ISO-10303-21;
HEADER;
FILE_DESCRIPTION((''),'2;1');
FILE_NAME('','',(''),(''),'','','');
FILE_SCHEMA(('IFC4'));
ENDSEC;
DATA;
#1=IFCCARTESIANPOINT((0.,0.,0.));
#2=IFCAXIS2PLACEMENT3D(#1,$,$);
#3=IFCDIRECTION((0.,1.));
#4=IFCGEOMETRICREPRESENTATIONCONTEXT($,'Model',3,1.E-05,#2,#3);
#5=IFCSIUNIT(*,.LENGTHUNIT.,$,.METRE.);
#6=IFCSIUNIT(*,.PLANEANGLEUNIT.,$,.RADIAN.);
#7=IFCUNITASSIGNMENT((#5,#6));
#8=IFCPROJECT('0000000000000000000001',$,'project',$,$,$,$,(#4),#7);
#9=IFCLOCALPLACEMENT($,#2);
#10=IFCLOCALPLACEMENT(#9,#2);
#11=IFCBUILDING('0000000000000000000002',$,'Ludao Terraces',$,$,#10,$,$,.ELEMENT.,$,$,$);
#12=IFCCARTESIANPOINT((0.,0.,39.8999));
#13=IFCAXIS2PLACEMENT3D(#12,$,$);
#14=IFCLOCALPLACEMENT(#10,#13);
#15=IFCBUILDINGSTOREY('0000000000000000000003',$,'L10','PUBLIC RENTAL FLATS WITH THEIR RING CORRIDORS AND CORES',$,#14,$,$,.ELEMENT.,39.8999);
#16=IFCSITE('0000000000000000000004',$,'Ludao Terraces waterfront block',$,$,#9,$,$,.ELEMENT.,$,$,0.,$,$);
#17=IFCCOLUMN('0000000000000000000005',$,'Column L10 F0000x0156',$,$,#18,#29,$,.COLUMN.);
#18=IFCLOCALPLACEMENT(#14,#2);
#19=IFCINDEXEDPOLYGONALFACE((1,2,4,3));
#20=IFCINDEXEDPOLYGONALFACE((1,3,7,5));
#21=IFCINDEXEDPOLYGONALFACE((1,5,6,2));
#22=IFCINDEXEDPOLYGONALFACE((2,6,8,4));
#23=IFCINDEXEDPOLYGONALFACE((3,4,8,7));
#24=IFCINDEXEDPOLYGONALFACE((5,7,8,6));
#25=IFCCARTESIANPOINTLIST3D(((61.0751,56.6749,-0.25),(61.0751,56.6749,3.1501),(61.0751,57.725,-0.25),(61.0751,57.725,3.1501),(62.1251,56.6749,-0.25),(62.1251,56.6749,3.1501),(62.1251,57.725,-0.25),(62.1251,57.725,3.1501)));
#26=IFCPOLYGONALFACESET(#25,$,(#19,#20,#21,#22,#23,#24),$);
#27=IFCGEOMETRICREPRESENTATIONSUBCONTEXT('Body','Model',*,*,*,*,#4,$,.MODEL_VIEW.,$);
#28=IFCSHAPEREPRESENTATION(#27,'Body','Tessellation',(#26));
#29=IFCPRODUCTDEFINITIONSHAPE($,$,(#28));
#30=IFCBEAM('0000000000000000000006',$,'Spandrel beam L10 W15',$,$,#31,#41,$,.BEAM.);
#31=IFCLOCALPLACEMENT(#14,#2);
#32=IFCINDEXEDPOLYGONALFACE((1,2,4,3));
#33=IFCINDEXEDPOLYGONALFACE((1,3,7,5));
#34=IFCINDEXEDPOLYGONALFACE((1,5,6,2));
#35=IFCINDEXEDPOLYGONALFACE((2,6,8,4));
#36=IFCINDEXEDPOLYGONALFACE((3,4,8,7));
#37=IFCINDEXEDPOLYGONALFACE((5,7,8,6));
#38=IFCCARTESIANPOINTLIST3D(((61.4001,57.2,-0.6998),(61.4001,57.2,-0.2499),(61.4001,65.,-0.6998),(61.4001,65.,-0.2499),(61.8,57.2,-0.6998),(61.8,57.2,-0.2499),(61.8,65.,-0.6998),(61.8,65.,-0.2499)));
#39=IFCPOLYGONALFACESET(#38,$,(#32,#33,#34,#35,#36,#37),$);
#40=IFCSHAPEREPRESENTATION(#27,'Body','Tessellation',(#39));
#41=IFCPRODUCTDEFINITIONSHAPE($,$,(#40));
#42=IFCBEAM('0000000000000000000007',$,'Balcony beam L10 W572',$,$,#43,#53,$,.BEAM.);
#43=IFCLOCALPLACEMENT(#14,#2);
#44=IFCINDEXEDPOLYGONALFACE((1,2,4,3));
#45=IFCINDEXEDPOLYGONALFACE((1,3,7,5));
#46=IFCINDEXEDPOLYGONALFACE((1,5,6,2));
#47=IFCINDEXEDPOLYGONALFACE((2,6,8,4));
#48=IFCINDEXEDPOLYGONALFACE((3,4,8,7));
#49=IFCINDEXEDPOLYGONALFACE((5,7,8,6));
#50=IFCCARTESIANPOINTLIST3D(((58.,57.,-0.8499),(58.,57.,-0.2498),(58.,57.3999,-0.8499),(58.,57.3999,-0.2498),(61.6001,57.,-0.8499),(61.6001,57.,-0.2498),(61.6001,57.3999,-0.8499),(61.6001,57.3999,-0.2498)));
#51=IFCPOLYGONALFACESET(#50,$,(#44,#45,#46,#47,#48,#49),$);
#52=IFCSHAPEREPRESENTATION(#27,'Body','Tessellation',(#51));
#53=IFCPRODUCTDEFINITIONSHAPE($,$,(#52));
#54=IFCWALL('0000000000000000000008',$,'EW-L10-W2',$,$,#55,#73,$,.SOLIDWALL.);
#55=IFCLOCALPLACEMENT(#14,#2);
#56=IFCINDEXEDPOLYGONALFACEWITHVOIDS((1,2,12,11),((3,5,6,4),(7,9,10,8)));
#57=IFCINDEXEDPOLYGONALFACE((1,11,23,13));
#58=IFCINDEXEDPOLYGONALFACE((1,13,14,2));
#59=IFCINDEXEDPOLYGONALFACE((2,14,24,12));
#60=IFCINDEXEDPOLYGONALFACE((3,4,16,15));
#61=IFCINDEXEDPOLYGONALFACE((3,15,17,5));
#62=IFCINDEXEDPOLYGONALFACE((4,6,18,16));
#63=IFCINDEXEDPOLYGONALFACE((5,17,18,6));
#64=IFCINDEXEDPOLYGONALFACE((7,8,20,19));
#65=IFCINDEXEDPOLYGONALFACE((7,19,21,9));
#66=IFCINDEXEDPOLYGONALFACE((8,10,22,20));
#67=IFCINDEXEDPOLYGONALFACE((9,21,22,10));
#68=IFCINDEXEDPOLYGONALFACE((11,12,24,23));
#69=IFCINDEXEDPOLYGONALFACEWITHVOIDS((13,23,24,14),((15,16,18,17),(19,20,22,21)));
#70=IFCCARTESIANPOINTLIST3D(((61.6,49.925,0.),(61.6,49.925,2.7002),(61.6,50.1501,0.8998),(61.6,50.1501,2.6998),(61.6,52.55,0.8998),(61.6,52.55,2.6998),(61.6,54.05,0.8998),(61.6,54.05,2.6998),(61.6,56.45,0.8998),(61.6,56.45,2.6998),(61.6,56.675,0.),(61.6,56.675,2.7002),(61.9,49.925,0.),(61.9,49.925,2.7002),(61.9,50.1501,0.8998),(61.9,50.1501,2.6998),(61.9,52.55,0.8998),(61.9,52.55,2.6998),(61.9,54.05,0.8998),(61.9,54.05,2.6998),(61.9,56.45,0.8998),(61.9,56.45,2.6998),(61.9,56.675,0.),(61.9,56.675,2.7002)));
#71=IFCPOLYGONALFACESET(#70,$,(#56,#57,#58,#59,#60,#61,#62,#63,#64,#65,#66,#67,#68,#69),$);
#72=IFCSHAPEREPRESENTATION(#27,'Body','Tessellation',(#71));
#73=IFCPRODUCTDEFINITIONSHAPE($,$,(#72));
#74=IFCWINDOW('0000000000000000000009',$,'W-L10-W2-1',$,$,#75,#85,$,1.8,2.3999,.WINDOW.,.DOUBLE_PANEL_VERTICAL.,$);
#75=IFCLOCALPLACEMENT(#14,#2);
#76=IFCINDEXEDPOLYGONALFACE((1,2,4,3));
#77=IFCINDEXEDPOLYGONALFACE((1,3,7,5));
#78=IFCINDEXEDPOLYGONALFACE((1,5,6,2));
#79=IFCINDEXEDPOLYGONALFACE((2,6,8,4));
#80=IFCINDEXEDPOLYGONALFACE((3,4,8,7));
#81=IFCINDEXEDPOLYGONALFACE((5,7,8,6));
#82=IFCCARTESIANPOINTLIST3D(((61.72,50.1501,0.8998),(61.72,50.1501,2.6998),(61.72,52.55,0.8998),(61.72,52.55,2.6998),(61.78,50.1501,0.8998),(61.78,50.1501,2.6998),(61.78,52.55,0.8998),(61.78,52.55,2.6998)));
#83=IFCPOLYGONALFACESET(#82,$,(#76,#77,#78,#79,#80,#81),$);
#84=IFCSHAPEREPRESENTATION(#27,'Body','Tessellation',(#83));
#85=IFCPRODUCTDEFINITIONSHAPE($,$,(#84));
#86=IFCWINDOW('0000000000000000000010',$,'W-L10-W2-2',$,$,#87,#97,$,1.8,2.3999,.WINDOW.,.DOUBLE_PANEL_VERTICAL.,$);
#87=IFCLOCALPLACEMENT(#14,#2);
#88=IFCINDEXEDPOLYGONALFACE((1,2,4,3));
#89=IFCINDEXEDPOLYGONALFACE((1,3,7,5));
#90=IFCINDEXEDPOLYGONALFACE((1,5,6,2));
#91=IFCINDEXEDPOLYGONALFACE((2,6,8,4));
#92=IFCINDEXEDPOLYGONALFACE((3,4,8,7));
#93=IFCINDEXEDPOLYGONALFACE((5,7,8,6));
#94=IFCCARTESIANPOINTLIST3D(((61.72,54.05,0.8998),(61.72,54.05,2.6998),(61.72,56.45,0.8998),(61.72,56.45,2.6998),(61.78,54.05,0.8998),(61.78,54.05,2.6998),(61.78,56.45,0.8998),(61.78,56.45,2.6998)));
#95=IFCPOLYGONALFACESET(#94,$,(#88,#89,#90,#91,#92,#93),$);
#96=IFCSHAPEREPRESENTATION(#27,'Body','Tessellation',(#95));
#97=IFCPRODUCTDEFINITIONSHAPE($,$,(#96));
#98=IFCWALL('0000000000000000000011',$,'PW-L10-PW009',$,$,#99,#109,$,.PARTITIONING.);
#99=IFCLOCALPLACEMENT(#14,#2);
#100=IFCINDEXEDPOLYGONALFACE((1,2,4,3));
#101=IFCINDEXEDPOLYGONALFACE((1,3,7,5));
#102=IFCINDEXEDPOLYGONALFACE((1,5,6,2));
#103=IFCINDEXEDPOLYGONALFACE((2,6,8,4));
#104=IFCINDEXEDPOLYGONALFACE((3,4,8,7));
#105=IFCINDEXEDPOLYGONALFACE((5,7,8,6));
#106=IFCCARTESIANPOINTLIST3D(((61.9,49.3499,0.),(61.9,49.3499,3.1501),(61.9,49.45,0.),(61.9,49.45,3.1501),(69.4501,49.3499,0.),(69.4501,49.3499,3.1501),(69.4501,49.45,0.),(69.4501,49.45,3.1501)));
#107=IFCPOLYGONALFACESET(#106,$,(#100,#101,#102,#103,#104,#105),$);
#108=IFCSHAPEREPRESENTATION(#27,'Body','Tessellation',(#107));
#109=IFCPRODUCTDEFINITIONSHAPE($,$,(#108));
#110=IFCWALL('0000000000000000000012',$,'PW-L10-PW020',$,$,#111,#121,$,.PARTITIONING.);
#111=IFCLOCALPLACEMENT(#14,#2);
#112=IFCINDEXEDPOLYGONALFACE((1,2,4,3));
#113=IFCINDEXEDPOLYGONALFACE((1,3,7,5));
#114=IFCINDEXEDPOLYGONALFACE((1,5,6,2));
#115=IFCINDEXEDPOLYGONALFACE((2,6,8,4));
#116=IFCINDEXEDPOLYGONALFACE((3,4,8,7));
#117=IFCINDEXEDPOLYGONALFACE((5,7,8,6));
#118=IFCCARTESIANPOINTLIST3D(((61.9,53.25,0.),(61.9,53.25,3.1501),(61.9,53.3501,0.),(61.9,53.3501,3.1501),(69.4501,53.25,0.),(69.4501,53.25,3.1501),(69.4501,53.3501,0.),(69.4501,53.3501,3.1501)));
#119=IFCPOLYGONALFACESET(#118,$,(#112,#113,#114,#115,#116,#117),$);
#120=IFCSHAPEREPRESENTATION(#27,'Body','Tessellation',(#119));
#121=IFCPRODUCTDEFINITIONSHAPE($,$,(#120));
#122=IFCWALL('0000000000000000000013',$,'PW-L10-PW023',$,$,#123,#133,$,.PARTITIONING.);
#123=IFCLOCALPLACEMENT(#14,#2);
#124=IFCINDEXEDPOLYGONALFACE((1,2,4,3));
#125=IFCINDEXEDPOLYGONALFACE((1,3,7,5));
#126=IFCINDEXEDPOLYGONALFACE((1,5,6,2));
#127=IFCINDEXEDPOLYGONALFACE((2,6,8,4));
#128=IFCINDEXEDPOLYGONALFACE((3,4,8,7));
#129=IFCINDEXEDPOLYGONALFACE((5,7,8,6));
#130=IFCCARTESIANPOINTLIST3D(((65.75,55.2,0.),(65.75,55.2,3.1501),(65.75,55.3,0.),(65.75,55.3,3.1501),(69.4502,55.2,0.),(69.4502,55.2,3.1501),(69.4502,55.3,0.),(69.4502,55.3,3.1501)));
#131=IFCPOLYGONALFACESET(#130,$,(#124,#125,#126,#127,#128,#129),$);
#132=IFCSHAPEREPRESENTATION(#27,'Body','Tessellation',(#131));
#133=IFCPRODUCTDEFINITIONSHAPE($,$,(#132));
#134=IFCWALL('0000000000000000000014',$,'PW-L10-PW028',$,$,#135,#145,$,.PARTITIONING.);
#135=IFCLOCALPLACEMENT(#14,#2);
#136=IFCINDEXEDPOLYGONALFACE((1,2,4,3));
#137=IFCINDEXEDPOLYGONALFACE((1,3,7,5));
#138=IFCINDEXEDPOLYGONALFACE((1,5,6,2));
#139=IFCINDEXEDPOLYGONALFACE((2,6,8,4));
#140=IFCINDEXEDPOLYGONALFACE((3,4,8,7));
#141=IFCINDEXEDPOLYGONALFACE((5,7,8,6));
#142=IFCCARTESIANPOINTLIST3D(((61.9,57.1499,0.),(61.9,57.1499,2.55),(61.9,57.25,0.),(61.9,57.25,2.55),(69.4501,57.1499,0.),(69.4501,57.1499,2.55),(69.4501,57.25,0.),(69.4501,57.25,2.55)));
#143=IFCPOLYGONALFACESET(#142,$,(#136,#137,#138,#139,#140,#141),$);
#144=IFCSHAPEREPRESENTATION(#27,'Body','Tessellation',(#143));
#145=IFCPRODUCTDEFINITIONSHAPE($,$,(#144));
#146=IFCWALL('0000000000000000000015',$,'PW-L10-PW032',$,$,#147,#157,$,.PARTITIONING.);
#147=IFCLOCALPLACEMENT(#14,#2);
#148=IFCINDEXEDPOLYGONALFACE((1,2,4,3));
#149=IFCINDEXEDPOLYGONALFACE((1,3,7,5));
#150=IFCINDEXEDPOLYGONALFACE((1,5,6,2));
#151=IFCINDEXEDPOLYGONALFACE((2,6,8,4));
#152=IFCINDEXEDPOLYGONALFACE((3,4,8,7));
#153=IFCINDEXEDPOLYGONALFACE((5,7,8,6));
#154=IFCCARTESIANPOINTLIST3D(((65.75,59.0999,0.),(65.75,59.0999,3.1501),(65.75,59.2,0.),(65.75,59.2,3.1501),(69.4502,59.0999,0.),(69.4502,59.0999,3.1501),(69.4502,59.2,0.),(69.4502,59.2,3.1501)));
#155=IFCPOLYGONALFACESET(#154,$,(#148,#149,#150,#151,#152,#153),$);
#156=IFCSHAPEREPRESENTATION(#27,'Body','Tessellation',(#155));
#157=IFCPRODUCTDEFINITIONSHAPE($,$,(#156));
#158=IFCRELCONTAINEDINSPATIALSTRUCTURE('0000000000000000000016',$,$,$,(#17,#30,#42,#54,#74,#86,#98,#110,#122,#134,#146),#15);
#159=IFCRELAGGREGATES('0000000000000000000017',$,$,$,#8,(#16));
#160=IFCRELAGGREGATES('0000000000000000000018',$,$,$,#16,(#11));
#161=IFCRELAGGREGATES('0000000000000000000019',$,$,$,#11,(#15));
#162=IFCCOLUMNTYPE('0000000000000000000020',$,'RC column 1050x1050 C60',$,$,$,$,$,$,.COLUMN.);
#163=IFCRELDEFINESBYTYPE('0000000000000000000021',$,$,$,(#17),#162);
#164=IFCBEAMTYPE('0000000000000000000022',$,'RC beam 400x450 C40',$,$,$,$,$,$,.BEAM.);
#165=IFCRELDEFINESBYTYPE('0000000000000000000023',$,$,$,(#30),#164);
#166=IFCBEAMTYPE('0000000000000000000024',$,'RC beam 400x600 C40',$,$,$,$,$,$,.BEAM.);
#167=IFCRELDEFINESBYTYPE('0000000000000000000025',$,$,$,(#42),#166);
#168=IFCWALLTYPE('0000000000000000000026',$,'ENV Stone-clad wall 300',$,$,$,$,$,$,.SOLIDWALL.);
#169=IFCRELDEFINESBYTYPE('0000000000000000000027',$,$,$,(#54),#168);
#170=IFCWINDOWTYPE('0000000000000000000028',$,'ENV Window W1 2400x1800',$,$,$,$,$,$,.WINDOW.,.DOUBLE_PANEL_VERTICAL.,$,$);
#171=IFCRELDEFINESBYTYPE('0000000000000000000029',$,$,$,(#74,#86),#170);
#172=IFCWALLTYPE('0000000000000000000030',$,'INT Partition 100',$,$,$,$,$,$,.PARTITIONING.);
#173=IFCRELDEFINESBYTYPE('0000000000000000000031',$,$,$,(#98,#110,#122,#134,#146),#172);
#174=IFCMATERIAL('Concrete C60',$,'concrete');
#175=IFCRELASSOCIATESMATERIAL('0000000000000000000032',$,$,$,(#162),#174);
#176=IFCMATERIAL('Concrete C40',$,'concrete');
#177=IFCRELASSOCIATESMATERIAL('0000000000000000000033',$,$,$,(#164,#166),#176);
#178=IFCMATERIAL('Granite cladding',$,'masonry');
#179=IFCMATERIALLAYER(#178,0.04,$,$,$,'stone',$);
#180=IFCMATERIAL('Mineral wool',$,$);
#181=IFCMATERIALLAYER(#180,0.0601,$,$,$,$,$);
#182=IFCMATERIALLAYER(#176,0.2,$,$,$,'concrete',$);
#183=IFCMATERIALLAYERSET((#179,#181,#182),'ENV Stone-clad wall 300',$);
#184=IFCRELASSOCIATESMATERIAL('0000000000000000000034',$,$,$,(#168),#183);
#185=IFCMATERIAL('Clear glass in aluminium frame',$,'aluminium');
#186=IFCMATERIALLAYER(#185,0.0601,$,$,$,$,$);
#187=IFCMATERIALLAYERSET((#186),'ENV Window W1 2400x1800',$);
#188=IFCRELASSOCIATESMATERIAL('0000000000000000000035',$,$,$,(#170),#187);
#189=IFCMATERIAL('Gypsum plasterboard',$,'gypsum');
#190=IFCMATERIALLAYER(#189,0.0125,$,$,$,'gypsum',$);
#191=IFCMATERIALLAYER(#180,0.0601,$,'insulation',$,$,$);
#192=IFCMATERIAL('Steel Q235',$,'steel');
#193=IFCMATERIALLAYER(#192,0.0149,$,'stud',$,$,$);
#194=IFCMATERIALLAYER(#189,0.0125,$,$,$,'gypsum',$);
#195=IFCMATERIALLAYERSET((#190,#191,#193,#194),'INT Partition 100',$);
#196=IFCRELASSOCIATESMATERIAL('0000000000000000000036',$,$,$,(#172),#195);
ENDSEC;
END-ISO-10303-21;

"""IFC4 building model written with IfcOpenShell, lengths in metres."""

from ifc_helpers import new_model, si_unit, direction, frame, frame_2d, origin, origin_2d, place, context, subcontext, project, spatial, rectangle, extrude, material, layer, layer_set, material_profile, profile_set, type_object, element, fill, save


model = new_model("IFC4")

# Units and contexts
model_context = context("Model", 3, precision=1e-05, world=origin(), true_north=direction((0.0, 1.0)))
body_context = subcontext(model_context, "Body", "Model", "MODEL_VIEW")
ifc_project = project(units=[si_unit("LENGTHUNIT", "METRE"), si_unit("PLANEANGLEUNIT", "RADIAN")], contexts=[model_context])

# Site, building, storey
site_placement = place(None, origin())
site = spatial("IfcSite", under=ifc_project, at=site_placement, Name="Ludao Terraces waterfront block", CompositionType="ELEMENT", RefElevation=0.0)
building_placement = place(site_placement, origin())
building = spatial("IfcBuilding", under=site, at=building_placement, Name="Ludao Terraces", CompositionType="ELEMENT")
storey_placement = place(building_placement, frame((0.0, 0.0, 39.8999)))
storey = spatial("IfcBuildingStorey", under=building, at=storey_placement, Name="L10", Description="PUBLIC RENTAL FLATS WITH THEIR RING CORRIDORS AND CORES", CompositionType="ELEMENT", Elevation=39.8999)

# Column
ifc_material_1 = material(Name="Concrete C60", Category="concrete")
ifc_material_profile_1 = material_profile(ifc_material_1, rectangle(XDim=1.05, YDim=1.05, at=origin_2d()), Name="1050 X 1050")
ifc_profile_set_1 = profile_set([ifc_material_profile_1], Name="Concrete C60")
column_type = type_object("IfcColumnType", Name="RC column 1050x1050 C60", PredefinedType="COLUMN", material=ifc_profile_set_1)
column_placement = place(storey_placement, frame((61.6001, 57.2, -0.25), z_axis=(0.0, 0.0, 1.0), x_axis=(1.0, 0.0, 0.0)))
element("IfcColumn", 1, at=column_placement, inside=storey, type_object=column_type, Name="Column L10 F0000x0156", PredefinedType="COLUMN", context=body_context, shape_type="SweptSolid", body=[
    extrude(rectangle(XDim=1.05, YDim=1.05, at=origin_2d()), origin(), (0.0, 0.0, 1.0), 3.4001),
])

# Beams
ifc_material_2 = material(Name="Concrete C40", Category="concrete")
ifc_material_profile_2 = material_profile(ifc_material_2, rectangle(XDim=0.3999, YDim=0.45, at=origin_2d()), Name="400 X 450")
ifc_profile_set_2 = profile_set([ifc_material_profile_2], Name="Concrete C40")
beam_type_1 = type_object("IfcBeamType", Name="RC beam 400x450 C40", PredefinedType="BEAM", material=ifc_profile_set_2)
beam_1_placement = place(storey_placement, frame((61.6001, 57.2, -0.4749), z_axis=(0.0, 1.0, 0.0), x_axis=(-1.0, 0.0, 0.0)))
element("IfcBeam", 2, at=beam_1_placement, inside=storey, type_object=beam_type_1, Name="Spandrel beam L10 W15", PredefinedType="BEAM", context=body_context, shape_type="SweptSolid", body=[
    extrude(rectangle(XDim=0.3999, YDim=0.45, at=origin_2d()), origin(), (0.0, 0.0, 1.0), 7.8),
])
ifc_material_profile_3 = material_profile(ifc_material_2, rectangle(XDim=0.3999, YDim=0.6001, at=origin_2d()), Name="400 X 600")
ifc_profile_set_3 = profile_set([ifc_material_profile_3], Name="Concrete C40")
beam_type_2 = type_object("IfcBeamType", Name="RC beam 400x600 C40", PredefinedType="BEAM", material=ifc_profile_set_3)
beam_2_placement = place(storey_placement, frame((61.6001, 57.2, -0.5498), z_axis=(-1.0, 0.0, 0.0), x_axis=(0.0, -1.0, 0.0)))
element("IfcBeam", 3, at=beam_2_placement, inside=storey, type_object=beam_type_2, Name="Balcony beam L10 W572", PredefinedType="BEAM", context=body_context, shape_type="SweptSolid", body=[
    extrude(rectangle(XDim=0.3999, YDim=0.6001, at=origin_2d()), origin(), (0.0, 0.0, 1.0), 3.6001),
])

# Wall, openings, windows
ifc_material_3 = material(Name="Granite cladding", Category="masonry")
ifc_layer_1 = layer(ifc_material_3, 0.04, Category="stone")
ifc_material_4 = material(Name="Mineral wool")
ifc_layer_2 = layer(ifc_material_4, 0.0601)
ifc_layer_3 = layer(ifc_material_2, 0.2, Category="concrete")
ifc_layer_set_1 = layer_set([ifc_layer_1, ifc_layer_2, ifc_layer_3], Name="ENV Stone-clad wall 300")
wall_type_1 = type_object("IfcWallType", Name="ENV Stone-clad wall 300", PredefinedType="SOLIDWALL", material=ifc_layer_set_1)
wall_1_placement = place(storey_placement, frame((61.75, 49.925, 0.0), z_axis=(0.0, 0.0, 1.0), x_axis=(0.0, 1.0, 0.0)))
wall_1 = element("IfcWall", 4, at=wall_1_placement, inside=storey, type_object=wall_type_1, Name="EW-L10-W2", PredefinedType="SOLIDWALL", context=body_context, shape_type="SweptSolid", body=[
    extrude(rectangle(XDim=6.75, YDim=0.3, at=frame_2d((3.375, 0.0))), origin(), (0.0, 0.0, 1.0), 2.7002),
])
opening_1_placement = place(wall_1_placement, frame((0.2251, 0.0, 0.8999)))
opening_1 = element("IfcOpeningElement", 5, at=opening_1_placement, cuts=wall_1, PredefinedType="OPENING", context=body_context, shape_type="SweptSolid", body=[
    extrude(rectangle(XDim=2.3999, YDim=1.8, at=frame_2d((1.2, 0.8999))), frame((0.0, 0.1602, 0.0), z_axis=(0.0, -1.0, 0.0), x_axis=(1.0, 0.0, 0.0)), (0.0, 0.0, 1.0), 0.3201),
])
opening_2_placement = place(wall_1_placement, frame((4.125, 0.0, 0.8999)))
opening_2 = element("IfcOpeningElement", 6, at=opening_2_placement, cuts=wall_1, PredefinedType="OPENING", context=body_context, shape_type="SweptSolid", body=[
    extrude(rectangle(XDim=2.3999, YDim=1.8, at=frame_2d((1.2, 0.8999))), frame((0.0, 0.1602, 0.0), z_axis=(0.0, -1.0, 0.0), x_axis=(1.0, 0.0, 0.0)), (0.0, 0.0, 1.0), 0.3201),
])
ifc_material_5 = material(Name="Clear glass in aluminium frame", Category="aluminium")
ifc_layer_4 = layer(ifc_material_5, 0.0601)
ifc_layer_set_2 = layer_set([ifc_layer_4], Name="ENV Window W1 2400x1800")
window_type = type_object("IfcWindowType", Name="ENV Window W1 2400x1800", PartitioningType="DOUBLE_PANEL_VERTICAL", PredefinedType="WINDOW", material=ifc_layer_set_2)
window_1_placement = place(opening_1_placement, origin())
window_1 = element("IfcWindow", 7, at=window_1_placement, inside=storey, type_object=window_type, Name="W-L10-W2-1", OverallHeight=1.8, OverallWidth=2.3999, PartitioningType="DOUBLE_PANEL_VERTICAL", PredefinedType="WINDOW", context=body_context, shape_type="SweptSolid", body=[
    extrude(rectangle(XDim=2.3999, YDim=1.8, at=frame_2d((1.2, 0.8999))), frame((0.0, 0.03, 0.0), z_axis=(0.0, -1.0, 0.0), x_axis=(1.0, 0.0, 0.0)), (0.0, 0.0, 1.0), 0.0601),
])
fill(opening_1, window_1)
window_2_placement = place(opening_2_placement, origin())
window_2 = element("IfcWindow", 8, at=window_2_placement, inside=storey, type_object=window_type, Name="W-L10-W2-2", OverallHeight=1.8, OverallWidth=2.3999, PartitioningType="DOUBLE_PANEL_VERTICAL", PredefinedType="WINDOW", context=body_context, shape_type="SweptSolid", body=[
    extrude(rectangle(XDim=2.3999, YDim=1.8, at=frame_2d((1.2, 0.8999))), frame((0.0, 0.03, 0.0), z_axis=(0.0, -1.0, 0.0), x_axis=(1.0, 0.0, 0.0)), (0.0, 0.0, 1.0), 0.0601),
])
fill(opening_2, window_2)

# Walls
ifc_material_6 = material(Name="Gypsum plasterboard", Category="gypsum")
ifc_layer_5 = layer(ifc_material_6, 0.0125, Category="gypsum")
ifc_layer_6 = layer(ifc_material_4, 0.0601, Name="insulation")
ifc_material_7 = material(Name="Steel Q235", Category="steel")
ifc_layer_7 = layer(ifc_material_7, 0.0149, Name="stud")
ifc_layer_8 = layer(ifc_material_6, 0.0125, Category="gypsum")
ifc_layer_set_3 = layer_set([ifc_layer_5, ifc_layer_6, ifc_layer_7, ifc_layer_8], Name="INT Partition 100")
wall_type_2 = type_object("IfcWallType", Name="INT Partition 100", PredefinedType="PARTITIONING", material=ifc_layer_set_3)
for number, where, z_axis, x_axis, name in (
    (9, (61.9001, 49.3999, 0.0), (0.0, 0.0, 1.0), (1.0, 0.0, 0.0), "PW-L10-PW009"),
    (10, (61.9001, 53.3, 0.0), (0.0, 0.0, 1.0), (1.0, 0.0, 0.0), "PW-L10-PW020"),
):
    element("IfcWall", number, at=place(storey_placement, frame(where, z_axis=z_axis, x_axis=x_axis)), inside=storey, type_object=wall_type_2, Name=name, PredefinedType="PARTITIONING", context=body_context, shape_type="SweptSolid", body=[
        extrude(rectangle(XDim=7.55, YDim=0.1001, at=frame_2d((3.7749, 0.0))), origin(), (0.0, 0.0, 1.0), 3.1501),
    ])
wall_2_placement = place(storey_placement, frame((65.75, 55.25, 0.0), z_axis=(0.0, 0.0, 1.0), x_axis=(1.0, 0.0, 0.0)))
element("IfcWall", 11, at=wall_2_placement, inside=storey, type_object=wall_type_2, Name="PW-L10-PW023", PredefinedType="PARTITIONING", context=body_context, shape_type="SweptSolid", body=[
    extrude(rectangle(XDim=3.7002, YDim=0.1001, at=frame_2d((1.8501, 0.0))), origin(), (0.0, 0.0, 1.0), 3.1501),
])
wall_3_placement = place(storey_placement, frame((61.9001, 57.2, 0.0), z_axis=(0.0, 0.0, 1.0), x_axis=(1.0, 0.0, 0.0)))
element("IfcWall", 12, at=wall_3_placement, inside=storey, type_object=wall_type_2, Name="PW-L10-PW028", PredefinedType="PARTITIONING", context=body_context, shape_type="SweptSolid", body=[
    extrude(rectangle(XDim=7.55, YDim=0.1001, at=frame_2d((3.7749, 0.0))), origin(), (0.0, 0.0, 1.0), 2.55),
])
wall_4_placement = place(storey_placement, frame((65.75, 59.1499, 0.0), z_axis=(0.0, 0.0, 1.0), x_axis=(1.0, 0.0, 0.0)))
element("IfcWall", 13, at=wall_4_placement, inside=storey, type_object=wall_type_2, Name="PW-L10-PW032", PredefinedType="PARTITIONING", context=body_context, shape_type="SweptSolid", body=[
    extrude(rectangle(XDim=3.7002, YDim=0.1001, at=frame_2d((1.8501, 0.0))), origin(), (0.0, 0.0, 1.0), 3.1501),
])

save(model, "model.ifc")
